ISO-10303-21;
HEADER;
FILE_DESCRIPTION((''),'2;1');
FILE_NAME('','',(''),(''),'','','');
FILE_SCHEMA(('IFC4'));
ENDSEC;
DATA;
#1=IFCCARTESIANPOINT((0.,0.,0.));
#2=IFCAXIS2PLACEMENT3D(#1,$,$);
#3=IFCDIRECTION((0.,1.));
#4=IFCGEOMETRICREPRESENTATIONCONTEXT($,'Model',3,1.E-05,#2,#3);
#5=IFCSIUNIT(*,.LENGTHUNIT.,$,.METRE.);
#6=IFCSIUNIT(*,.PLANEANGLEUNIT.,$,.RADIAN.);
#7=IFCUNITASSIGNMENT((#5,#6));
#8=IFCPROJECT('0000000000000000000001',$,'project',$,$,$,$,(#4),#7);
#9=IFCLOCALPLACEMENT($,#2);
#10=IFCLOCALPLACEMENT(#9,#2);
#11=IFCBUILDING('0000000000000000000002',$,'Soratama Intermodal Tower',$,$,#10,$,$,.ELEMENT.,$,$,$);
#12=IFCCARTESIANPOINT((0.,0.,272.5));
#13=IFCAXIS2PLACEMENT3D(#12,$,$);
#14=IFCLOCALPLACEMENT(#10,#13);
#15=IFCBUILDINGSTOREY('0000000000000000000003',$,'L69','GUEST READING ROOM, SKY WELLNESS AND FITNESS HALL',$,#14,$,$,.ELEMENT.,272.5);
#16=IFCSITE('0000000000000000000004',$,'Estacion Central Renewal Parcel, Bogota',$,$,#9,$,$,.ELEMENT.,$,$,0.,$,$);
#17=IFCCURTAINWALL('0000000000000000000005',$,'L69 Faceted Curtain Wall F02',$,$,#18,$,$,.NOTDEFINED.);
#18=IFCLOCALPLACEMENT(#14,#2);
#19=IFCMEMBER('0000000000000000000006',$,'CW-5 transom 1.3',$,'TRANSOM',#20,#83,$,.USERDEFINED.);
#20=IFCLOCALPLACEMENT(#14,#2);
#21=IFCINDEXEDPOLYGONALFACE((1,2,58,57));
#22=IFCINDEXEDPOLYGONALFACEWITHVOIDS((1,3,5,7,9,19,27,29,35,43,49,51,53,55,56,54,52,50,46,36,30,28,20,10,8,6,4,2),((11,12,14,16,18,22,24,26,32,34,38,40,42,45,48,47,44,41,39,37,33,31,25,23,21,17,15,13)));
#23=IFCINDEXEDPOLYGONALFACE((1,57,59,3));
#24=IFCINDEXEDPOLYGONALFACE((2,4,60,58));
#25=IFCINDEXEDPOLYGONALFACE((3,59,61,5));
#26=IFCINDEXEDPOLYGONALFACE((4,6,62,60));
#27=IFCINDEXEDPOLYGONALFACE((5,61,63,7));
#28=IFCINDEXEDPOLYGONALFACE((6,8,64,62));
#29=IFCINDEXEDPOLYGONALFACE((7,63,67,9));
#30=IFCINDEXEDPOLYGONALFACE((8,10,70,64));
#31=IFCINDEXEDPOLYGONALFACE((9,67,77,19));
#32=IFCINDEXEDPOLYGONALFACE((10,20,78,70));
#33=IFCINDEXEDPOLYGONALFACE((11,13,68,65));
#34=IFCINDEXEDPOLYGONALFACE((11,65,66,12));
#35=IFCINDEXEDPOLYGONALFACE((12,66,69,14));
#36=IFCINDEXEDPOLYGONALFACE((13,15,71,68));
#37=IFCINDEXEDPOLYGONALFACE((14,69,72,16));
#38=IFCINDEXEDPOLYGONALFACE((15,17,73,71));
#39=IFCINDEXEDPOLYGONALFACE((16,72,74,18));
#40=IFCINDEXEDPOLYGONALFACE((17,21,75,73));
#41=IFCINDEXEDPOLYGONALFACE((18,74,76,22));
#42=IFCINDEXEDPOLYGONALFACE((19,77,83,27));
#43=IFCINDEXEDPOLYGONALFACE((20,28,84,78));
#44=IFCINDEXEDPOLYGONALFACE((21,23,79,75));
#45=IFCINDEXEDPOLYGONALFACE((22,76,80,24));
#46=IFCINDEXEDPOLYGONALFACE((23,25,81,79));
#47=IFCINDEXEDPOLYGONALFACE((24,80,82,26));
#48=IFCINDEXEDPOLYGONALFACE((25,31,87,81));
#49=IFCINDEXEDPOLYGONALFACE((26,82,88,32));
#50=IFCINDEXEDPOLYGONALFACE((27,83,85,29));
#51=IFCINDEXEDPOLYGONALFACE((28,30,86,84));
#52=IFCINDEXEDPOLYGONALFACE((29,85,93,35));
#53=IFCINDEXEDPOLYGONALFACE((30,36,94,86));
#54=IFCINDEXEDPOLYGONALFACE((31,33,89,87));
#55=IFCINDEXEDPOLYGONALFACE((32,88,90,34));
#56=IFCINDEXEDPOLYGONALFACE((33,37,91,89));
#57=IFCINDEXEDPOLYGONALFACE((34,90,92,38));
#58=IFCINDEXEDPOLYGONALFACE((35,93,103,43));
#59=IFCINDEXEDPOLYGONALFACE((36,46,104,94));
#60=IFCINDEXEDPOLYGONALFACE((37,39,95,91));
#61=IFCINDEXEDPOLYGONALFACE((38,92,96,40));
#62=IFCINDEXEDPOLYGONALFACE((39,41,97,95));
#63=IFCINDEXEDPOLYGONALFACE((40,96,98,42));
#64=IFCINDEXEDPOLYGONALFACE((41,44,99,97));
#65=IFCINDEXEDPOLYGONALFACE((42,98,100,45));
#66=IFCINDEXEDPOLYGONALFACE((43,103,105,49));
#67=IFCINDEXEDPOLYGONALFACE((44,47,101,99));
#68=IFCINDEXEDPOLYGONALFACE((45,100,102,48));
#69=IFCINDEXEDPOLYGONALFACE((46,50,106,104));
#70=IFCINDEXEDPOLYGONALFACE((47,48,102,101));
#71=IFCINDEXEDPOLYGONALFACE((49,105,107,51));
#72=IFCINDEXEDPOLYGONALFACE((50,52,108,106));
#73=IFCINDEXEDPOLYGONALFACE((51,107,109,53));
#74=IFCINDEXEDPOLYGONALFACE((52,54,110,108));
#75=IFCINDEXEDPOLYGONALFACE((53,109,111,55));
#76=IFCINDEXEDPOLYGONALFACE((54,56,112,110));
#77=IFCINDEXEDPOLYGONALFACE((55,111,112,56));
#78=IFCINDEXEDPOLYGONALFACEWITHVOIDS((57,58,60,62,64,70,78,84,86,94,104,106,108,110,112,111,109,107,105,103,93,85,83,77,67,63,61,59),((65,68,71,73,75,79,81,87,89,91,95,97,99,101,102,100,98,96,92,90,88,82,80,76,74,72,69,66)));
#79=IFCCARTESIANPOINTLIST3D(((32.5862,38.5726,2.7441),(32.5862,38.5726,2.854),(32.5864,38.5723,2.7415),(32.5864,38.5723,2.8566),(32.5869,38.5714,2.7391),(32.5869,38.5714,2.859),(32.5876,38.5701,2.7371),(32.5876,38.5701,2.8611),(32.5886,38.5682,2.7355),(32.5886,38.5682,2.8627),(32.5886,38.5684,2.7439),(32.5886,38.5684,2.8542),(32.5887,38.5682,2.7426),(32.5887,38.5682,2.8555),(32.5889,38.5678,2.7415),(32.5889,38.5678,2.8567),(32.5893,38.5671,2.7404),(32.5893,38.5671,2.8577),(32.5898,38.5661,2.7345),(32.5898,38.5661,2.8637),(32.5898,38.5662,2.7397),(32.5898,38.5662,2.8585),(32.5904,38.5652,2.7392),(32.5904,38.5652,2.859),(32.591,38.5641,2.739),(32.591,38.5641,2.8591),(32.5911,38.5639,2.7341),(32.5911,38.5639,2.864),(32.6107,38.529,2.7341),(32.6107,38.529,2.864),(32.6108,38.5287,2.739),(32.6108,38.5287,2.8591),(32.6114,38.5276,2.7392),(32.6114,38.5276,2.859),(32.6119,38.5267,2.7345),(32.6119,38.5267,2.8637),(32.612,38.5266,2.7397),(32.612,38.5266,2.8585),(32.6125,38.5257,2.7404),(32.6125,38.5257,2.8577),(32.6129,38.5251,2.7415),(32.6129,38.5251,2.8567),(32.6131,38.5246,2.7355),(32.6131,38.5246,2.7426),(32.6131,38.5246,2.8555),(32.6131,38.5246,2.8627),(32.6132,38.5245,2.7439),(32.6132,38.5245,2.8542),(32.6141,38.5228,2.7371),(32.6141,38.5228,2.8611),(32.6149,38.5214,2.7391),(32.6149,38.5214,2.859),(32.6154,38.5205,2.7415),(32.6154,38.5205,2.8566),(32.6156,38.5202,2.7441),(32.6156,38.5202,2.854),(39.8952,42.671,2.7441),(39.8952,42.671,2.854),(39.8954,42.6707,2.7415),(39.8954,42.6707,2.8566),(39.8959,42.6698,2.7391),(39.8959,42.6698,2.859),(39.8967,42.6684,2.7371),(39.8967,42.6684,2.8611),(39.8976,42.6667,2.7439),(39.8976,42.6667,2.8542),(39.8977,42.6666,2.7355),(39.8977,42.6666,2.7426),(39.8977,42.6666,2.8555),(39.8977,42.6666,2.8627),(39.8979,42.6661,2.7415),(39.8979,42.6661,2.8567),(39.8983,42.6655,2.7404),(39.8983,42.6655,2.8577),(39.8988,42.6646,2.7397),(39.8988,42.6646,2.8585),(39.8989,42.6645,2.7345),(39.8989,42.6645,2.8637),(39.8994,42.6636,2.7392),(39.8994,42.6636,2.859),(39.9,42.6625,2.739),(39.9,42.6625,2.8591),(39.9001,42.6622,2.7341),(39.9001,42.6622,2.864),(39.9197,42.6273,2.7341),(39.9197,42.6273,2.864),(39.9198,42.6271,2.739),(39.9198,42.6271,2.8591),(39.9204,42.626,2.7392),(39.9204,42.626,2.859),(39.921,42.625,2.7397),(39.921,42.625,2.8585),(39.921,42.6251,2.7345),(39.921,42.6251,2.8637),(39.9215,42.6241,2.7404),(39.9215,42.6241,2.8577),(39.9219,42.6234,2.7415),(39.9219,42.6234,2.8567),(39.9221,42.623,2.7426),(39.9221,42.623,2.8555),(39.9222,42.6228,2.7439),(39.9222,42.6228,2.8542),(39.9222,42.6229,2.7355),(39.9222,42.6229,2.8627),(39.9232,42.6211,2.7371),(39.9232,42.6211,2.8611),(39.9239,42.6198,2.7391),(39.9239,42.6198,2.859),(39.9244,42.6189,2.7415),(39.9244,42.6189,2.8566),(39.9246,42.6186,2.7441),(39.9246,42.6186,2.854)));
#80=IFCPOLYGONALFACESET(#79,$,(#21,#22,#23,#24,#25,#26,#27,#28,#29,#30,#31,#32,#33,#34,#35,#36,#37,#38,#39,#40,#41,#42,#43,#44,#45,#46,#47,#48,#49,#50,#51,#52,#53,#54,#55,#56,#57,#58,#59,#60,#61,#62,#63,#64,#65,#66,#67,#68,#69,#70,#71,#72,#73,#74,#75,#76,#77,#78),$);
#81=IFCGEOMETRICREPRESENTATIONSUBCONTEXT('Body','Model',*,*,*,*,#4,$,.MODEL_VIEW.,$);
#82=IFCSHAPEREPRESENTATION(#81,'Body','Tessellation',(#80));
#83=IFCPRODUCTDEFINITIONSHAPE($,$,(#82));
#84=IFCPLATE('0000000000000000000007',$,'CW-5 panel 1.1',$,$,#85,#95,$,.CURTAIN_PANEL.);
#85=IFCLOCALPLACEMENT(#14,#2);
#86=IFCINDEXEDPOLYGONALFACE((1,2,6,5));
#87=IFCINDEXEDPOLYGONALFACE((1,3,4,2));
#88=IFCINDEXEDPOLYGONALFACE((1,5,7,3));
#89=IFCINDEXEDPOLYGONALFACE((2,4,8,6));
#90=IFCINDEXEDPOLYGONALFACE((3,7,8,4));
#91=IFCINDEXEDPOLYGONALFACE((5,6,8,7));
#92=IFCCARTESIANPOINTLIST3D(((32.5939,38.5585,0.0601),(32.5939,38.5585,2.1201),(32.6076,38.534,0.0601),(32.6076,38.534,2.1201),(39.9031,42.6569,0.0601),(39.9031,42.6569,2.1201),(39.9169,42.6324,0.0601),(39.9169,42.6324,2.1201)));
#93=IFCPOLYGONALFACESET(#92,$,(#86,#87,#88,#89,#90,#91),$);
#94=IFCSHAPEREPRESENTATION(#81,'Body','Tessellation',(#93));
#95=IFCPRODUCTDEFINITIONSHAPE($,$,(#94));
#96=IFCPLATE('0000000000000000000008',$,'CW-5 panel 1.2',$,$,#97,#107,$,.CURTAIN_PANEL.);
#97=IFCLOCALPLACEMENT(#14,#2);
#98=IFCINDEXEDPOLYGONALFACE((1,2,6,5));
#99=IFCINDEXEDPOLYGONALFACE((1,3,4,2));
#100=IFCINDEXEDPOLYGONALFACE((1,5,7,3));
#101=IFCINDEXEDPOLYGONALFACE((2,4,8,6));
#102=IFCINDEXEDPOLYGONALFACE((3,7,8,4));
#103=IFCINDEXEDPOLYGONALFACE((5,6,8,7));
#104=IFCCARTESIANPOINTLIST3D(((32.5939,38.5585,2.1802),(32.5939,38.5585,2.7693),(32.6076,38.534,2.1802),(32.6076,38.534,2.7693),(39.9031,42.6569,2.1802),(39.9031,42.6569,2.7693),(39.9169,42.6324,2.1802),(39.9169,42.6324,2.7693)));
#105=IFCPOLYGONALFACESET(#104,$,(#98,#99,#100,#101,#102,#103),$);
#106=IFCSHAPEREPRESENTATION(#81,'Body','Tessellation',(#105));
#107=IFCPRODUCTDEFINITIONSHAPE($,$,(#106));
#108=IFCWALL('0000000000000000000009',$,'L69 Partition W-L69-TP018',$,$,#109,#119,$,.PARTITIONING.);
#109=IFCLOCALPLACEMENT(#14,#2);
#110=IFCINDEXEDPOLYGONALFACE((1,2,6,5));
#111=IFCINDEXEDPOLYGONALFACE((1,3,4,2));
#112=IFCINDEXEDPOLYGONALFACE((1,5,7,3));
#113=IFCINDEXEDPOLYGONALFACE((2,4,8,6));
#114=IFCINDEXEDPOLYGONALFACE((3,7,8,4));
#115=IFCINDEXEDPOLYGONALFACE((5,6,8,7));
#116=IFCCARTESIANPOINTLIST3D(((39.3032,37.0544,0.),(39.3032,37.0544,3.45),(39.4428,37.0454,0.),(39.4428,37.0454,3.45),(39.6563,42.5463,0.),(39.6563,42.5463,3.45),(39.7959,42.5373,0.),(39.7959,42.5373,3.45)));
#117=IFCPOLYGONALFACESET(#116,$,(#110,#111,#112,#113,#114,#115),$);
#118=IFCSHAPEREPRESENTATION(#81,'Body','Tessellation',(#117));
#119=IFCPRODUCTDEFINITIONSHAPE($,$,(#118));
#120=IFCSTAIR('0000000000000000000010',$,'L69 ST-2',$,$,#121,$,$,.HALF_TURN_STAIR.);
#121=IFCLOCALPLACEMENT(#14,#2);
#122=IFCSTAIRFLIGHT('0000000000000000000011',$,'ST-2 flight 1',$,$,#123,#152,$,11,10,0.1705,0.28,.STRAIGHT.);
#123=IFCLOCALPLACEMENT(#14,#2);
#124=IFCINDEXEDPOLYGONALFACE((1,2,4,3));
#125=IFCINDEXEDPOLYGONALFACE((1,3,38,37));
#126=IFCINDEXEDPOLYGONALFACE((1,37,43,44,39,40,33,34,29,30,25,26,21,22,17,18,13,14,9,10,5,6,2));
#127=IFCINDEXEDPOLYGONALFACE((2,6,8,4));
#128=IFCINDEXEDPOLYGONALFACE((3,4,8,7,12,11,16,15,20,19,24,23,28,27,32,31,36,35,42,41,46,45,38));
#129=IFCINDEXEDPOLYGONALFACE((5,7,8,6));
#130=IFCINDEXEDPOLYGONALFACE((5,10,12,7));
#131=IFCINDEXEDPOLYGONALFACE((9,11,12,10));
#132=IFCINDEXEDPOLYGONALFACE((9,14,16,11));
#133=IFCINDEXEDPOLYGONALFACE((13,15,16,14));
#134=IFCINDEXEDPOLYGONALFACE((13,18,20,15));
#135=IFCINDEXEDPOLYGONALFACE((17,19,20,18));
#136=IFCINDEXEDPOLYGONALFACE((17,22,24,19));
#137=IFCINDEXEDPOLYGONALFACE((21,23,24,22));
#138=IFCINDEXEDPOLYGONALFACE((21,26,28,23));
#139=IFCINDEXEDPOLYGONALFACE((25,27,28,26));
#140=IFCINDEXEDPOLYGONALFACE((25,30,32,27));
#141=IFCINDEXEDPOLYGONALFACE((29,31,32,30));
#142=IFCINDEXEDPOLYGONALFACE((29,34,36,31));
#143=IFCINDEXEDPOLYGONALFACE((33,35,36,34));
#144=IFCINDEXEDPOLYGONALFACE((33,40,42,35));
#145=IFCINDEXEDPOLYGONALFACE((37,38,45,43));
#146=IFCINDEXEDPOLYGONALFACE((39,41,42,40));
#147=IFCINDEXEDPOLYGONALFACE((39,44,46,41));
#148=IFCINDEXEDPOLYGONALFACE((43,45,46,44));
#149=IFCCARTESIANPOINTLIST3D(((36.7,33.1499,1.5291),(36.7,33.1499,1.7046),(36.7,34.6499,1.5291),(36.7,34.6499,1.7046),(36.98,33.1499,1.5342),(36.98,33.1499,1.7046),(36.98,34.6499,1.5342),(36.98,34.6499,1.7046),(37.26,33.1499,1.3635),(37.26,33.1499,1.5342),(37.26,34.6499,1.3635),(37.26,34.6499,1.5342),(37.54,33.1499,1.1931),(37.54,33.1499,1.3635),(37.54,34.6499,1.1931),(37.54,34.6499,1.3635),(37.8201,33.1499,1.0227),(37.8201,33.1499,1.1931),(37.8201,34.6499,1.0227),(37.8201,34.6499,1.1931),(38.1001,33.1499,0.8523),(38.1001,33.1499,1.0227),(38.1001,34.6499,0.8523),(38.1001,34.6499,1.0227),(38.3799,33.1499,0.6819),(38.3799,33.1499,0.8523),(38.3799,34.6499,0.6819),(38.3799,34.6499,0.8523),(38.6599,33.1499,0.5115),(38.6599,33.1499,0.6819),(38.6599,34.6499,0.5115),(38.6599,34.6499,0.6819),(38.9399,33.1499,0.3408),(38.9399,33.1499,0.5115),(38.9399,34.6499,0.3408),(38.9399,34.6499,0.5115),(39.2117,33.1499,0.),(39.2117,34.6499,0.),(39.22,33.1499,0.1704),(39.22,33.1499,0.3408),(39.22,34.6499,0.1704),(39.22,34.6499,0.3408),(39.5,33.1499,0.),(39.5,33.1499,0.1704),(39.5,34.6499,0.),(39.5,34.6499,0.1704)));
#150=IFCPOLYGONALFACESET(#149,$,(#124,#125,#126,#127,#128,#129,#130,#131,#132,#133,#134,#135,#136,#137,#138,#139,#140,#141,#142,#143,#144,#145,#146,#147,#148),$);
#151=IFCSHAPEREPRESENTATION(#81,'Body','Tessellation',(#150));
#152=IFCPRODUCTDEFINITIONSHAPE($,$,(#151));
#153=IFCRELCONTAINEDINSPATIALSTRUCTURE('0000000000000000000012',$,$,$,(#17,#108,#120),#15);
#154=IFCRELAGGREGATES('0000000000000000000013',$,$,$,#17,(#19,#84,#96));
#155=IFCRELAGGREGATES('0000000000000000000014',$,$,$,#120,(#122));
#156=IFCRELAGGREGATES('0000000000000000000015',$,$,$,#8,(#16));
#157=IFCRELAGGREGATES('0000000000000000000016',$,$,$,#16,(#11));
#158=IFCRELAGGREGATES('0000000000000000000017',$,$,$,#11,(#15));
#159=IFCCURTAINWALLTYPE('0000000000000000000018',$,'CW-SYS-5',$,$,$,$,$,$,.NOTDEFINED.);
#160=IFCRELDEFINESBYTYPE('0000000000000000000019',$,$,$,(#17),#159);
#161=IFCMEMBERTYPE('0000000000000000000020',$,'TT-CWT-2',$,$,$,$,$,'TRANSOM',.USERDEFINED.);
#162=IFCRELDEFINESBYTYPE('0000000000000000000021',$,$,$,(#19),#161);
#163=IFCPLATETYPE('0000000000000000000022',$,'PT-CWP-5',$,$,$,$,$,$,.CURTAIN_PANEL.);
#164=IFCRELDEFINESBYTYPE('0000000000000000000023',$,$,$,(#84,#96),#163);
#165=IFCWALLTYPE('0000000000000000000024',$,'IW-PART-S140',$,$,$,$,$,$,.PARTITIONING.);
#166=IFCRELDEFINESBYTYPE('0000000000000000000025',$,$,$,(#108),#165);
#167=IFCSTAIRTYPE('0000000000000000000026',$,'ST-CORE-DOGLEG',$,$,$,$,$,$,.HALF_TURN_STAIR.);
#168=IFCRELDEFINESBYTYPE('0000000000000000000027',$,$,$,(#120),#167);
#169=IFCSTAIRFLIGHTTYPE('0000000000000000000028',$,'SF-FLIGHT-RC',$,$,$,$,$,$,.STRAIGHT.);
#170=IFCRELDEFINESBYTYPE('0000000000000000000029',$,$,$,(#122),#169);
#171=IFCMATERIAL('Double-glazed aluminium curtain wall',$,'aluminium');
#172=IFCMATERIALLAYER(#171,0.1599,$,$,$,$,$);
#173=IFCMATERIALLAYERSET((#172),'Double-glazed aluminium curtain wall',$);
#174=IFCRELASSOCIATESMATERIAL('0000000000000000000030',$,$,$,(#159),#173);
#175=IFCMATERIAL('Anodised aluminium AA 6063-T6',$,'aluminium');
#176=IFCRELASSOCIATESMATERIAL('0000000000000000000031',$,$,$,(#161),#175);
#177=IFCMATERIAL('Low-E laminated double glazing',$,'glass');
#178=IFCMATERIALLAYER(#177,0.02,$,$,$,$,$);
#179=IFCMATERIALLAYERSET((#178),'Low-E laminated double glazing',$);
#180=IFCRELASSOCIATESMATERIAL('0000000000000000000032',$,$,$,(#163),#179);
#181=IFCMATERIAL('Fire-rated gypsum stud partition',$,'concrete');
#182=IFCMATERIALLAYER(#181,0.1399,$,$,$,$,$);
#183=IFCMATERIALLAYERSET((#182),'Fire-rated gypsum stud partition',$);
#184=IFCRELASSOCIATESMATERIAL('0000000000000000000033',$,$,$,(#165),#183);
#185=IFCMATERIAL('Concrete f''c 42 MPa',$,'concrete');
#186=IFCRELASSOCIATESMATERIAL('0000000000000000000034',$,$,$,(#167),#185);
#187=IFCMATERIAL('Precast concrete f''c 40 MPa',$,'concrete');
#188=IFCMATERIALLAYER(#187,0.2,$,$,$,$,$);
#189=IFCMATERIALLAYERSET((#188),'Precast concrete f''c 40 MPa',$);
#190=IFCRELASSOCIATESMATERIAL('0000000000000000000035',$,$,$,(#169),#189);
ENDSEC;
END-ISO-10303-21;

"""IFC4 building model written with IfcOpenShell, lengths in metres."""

from ifc_helpers import new_model, si_unit, direction, frame, frame_2d, origin, origin_2d, place, context, subcontext, project, spatial, polyline, rectangle, hollow_rectangle, outline, extrude, material, layer, layer_set, material_profile, profile_set, type_object, element, aggregate, save


model = new_model("IFC4")

# Units and contexts
model_context = context("Model", 3, precision=1e-05, world=origin(), true_north=direction((0.0, 1.0)))
body_context = subcontext(model_context, "Body", "Model", "MODEL_VIEW")
ifc_project = project(units=[si_unit("LENGTHUNIT", "METRE"), si_unit("PLANEANGLEUNIT", "RADIAN")], contexts=[model_context])

# Site, building, storey
site_placement = place(None, origin())
site = spatial("IfcSite", under=ifc_project, at=site_placement, Name="Estacion Central Renewal Parcel, Bogota", CompositionType="ELEMENT", RefElevation=0.0)
building_placement = place(site_placement, origin())
building = spatial("IfcBuilding", under=site, at=building_placement, Name="Soratama Intermodal Tower", CompositionType="ELEMENT")
storey_placement = place(building_placement, frame((0.0, 0.0, 272.5)))
storey = spatial("IfcBuildingStorey", under=building, at=storey_placement, Name="L69", Description="GUEST READING ROOM, SKY WELLNESS AND FITNESS HALL", CompositionType="ELEMENT", Elevation=272.5)

# Curtain wall, member, plates
ifc_material_1 = material(Name="Double-glazed aluminium curtain wall", Category="aluminium")
ifc_layer_1 = layer(ifc_material_1, 0.1599)
ifc_layer_set_1 = layer_set([ifc_layer_1], Name="Double-glazed aluminium curtain wall")
curtain_wall_type = type_object("IfcCurtainWallType", Name="CW-SYS-5", PredefinedType="NOTDEFINED", material=ifc_layer_set_1)
curtain_wall_placement = place(storey_placement, origin())
curtain_wall = element("IfcCurtainWall", 1, at=curtain_wall_placement, inside=storey, type_object=curtain_wall_type, Name="L69 Faceted Curtain Wall F02", PredefinedType="NOTDEFINED")
ifc_material_2 = material(Name="Anodised aluminium AA 6063-T6", Category="aluminium")
ifc_material_profile_1 = material_profile(ifc_material_2, hollow_rectangle(XDim=0.0601, YDim=0.1299, WallThickness=0.0049, InnerFilletRadius=0.0049, OuterFilletRadius=0.01, at=origin_2d()), Name="CWT130X60X5")
ifc_profile_set_1 = profile_set([ifc_material_profile_1], Name="Anodised aluminium AA 6063-T6")
member_type_1 = type_object("IfcMemberType", Name="TT-CWT-2", ElementType="TRANSOM", PredefinedType="USERDEFINED", material=ifc_profile_set_1)
member_1_placement = place(storey_placement, frame((39.9099, 42.6448, 2.7991), z_axis=(-0.872236, -0.489085, 0.0), x_axis=(0.489085, -0.872236, 0.0)))
member_1 = element("IfcMember", 2, at=member_1_placement, type_object=member_type_1, Name="CW-5 transom 1.3", ObjectType="TRANSOM", PredefinedType="USERDEFINED", context=body_context, shape_type="SweptSolid", body=[
    extrude(hollow_rectangle(XDim=0.0601, YDim=0.1299, WallThickness=0.0049, InnerFilletRadius=0.0049, OuterFilletRadius=0.01, at=origin_2d()), origin(), (0.0, 0.0, 1.0), 8.3796),
])
ifc_material_3 = material(Name="Low-E laminated double glazing", Category="glass")
ifc_layer_2 = layer(ifc_material_3, 0.02)
ifc_layer_set_2 = layer_set([ifc_layer_2], Name="Low-E laminated double glazing")
plate_type = type_object("IfcPlateType", Name="PT-CWP-5", PredefinedType="CURTAIN_PANEL", material=ifc_layer_set_2)
plate_1_placement = place(storey_placement, frame((36.2554, 40.5955, 0.0601), z_axis=(0.0, 0.0, 1.0), x_axis=(-0.872239, -0.489079, 0.0)))
plate_1 = element("IfcPlate", 3, at=plate_1_placement, type_object=plate_type, Name="CW-5 panel 1.1", PredefinedType="CURTAIN_PANEL", context=body_context, shape_type="SweptSolid", body=[
    extrude(rectangle(XDim=8.3799, YDim=0.0281, at=origin_2d()), origin(), (0.0, 0.0, 1.0), 2.0601),
])
plate_2_placement = place(storey_placement, frame((36.2554, 40.5955, 2.1802), z_axis=(0.0, 0.0, 1.0), x_axis=(-0.872239, -0.489079, 0.0)))
plate_2 = element("IfcPlate", 4, at=plate_2_placement, type_object=plate_type, Name="CW-5 panel 1.2", PredefinedType="CURTAIN_PANEL", context=body_context, shape_type="SweptSolid", body=[
    extrude(rectangle(XDim=8.3799, YDim=0.0281, at=origin_2d()), origin(), (0.0, 0.0, 1.0), 0.5891),
])
aggregate(curtain_wall, [member_1, plate_1, plate_2])

# Wall
ifc_material_4 = material(Name="Fire-rated gypsum stud partition", Category="concrete")
ifc_layer_3 = layer(ifc_material_4, 0.1399)
ifc_layer_set_3 = layer_set([ifc_layer_3], Name="Fire-rated gypsum stud partition")
wall_type_1 = type_object("IfcWallType", Name="IW-PART-S140", PredefinedType="PARTITIONING", material=ifc_layer_set_3)
wall_1_placement = place(storey_placement, frame((39.373, 37.05, 0.0), z_axis=(0.0, 0.0, 1.0), x_axis=(0.064149, 0.99794, 0.0)))
element("IfcWall", 5, at=wall_1_placement, inside=storey, type_object=wall_type_1, Name="L69 Partition W-L69-TP018", PredefinedType="PARTITIONING", context=body_context, shape_type="SweptSolid", body=[
    extrude(rectangle(XDim=5.5032, YDim=0.1399, at=frame_2d((2.7515, 0.0))), origin(), (0.0, 0.0, 1.0), 3.45),
])

# Stair, stair flight
ifc_material_5 = material(Name="Concrete f'c 42 MPa", Category="concrete")
stair_type = type_object("IfcStairType", Name="ST-CORE-DOGLEG", PredefinedType="HALF_TURN_STAIR", material=ifc_material_5)
stair_placement = place(storey_placement, origin())
stair = element("IfcStair", 6, at=stair_placement, inside=storey, type_object=stair_type, Name="L69 ST-2", PredefinedType="HALF_TURN_STAIR")
ifc_material_6 = material(Name="Precast concrete f'c 40 MPa", Category="concrete")
ifc_layer_4 = layer(ifc_material_6, 0.2)
ifc_layer_set_4 = layer_set([ifc_layer_4], Name="Precast concrete f'c 40 MPa")
stair_flight_type = type_object("IfcStairFlightType", Name="SF-FLIGHT-RC", PredefinedType="STRAIGHT", material=ifc_layer_set_4)
stair_flight_placement = place(storey_placement, frame((39.5, 33.8999, 0.0), z_axis=(0.0, 0.0, 1.0), x_axis=(-1.0, 0.0, 0.0)))
stair_flight = element("IfcStairFlight", 7, at=stair_flight_placement, type_object=stair_flight_type, Name="ST-2 flight 1", NumberOfRisers=11, NumberOfTreads=10, PredefinedType="STRAIGHT", RiserHeight=0.1705, TreadLength=0.28, context=body_context, shape_type="SweptSolid", body=[
    extrude(outline(polyline([(0.0, 0.0), (0.0, 0.1704), (0.28, 0.1704), (0.28, 0.3408), (0.5601, 0.3408), (0.5601, 0.5115), (0.8401, 0.5115), (0.8401, 0.6819), (1.1201, 0.6819), (1.1201, 0.8523), (1.3999, 0.8523), (1.3999, 1.0227), (1.6799, 1.0227), (1.6799, 1.1931), (1.96, 1.1931), (1.96, 1.3635), (2.24, 1.3635), (2.24, 1.5342), (2.52, 1.5342), (2.52, 1.7046), (2.8, 1.7046), (2.8, 1.875), (2.8, 1.5291), (0.2883, 0.0), (0.0, 0.0)])), frame((0.0, 0.75, 0.0), z_axis=(0.0, -1.0, 0.0), x_axis=(1.0, 0.0, 0.0)), (0.0, 0.0, 1.0), 1.5),
])
aggregate(stair, [stair_flight])

save(model, "model.ifc")
